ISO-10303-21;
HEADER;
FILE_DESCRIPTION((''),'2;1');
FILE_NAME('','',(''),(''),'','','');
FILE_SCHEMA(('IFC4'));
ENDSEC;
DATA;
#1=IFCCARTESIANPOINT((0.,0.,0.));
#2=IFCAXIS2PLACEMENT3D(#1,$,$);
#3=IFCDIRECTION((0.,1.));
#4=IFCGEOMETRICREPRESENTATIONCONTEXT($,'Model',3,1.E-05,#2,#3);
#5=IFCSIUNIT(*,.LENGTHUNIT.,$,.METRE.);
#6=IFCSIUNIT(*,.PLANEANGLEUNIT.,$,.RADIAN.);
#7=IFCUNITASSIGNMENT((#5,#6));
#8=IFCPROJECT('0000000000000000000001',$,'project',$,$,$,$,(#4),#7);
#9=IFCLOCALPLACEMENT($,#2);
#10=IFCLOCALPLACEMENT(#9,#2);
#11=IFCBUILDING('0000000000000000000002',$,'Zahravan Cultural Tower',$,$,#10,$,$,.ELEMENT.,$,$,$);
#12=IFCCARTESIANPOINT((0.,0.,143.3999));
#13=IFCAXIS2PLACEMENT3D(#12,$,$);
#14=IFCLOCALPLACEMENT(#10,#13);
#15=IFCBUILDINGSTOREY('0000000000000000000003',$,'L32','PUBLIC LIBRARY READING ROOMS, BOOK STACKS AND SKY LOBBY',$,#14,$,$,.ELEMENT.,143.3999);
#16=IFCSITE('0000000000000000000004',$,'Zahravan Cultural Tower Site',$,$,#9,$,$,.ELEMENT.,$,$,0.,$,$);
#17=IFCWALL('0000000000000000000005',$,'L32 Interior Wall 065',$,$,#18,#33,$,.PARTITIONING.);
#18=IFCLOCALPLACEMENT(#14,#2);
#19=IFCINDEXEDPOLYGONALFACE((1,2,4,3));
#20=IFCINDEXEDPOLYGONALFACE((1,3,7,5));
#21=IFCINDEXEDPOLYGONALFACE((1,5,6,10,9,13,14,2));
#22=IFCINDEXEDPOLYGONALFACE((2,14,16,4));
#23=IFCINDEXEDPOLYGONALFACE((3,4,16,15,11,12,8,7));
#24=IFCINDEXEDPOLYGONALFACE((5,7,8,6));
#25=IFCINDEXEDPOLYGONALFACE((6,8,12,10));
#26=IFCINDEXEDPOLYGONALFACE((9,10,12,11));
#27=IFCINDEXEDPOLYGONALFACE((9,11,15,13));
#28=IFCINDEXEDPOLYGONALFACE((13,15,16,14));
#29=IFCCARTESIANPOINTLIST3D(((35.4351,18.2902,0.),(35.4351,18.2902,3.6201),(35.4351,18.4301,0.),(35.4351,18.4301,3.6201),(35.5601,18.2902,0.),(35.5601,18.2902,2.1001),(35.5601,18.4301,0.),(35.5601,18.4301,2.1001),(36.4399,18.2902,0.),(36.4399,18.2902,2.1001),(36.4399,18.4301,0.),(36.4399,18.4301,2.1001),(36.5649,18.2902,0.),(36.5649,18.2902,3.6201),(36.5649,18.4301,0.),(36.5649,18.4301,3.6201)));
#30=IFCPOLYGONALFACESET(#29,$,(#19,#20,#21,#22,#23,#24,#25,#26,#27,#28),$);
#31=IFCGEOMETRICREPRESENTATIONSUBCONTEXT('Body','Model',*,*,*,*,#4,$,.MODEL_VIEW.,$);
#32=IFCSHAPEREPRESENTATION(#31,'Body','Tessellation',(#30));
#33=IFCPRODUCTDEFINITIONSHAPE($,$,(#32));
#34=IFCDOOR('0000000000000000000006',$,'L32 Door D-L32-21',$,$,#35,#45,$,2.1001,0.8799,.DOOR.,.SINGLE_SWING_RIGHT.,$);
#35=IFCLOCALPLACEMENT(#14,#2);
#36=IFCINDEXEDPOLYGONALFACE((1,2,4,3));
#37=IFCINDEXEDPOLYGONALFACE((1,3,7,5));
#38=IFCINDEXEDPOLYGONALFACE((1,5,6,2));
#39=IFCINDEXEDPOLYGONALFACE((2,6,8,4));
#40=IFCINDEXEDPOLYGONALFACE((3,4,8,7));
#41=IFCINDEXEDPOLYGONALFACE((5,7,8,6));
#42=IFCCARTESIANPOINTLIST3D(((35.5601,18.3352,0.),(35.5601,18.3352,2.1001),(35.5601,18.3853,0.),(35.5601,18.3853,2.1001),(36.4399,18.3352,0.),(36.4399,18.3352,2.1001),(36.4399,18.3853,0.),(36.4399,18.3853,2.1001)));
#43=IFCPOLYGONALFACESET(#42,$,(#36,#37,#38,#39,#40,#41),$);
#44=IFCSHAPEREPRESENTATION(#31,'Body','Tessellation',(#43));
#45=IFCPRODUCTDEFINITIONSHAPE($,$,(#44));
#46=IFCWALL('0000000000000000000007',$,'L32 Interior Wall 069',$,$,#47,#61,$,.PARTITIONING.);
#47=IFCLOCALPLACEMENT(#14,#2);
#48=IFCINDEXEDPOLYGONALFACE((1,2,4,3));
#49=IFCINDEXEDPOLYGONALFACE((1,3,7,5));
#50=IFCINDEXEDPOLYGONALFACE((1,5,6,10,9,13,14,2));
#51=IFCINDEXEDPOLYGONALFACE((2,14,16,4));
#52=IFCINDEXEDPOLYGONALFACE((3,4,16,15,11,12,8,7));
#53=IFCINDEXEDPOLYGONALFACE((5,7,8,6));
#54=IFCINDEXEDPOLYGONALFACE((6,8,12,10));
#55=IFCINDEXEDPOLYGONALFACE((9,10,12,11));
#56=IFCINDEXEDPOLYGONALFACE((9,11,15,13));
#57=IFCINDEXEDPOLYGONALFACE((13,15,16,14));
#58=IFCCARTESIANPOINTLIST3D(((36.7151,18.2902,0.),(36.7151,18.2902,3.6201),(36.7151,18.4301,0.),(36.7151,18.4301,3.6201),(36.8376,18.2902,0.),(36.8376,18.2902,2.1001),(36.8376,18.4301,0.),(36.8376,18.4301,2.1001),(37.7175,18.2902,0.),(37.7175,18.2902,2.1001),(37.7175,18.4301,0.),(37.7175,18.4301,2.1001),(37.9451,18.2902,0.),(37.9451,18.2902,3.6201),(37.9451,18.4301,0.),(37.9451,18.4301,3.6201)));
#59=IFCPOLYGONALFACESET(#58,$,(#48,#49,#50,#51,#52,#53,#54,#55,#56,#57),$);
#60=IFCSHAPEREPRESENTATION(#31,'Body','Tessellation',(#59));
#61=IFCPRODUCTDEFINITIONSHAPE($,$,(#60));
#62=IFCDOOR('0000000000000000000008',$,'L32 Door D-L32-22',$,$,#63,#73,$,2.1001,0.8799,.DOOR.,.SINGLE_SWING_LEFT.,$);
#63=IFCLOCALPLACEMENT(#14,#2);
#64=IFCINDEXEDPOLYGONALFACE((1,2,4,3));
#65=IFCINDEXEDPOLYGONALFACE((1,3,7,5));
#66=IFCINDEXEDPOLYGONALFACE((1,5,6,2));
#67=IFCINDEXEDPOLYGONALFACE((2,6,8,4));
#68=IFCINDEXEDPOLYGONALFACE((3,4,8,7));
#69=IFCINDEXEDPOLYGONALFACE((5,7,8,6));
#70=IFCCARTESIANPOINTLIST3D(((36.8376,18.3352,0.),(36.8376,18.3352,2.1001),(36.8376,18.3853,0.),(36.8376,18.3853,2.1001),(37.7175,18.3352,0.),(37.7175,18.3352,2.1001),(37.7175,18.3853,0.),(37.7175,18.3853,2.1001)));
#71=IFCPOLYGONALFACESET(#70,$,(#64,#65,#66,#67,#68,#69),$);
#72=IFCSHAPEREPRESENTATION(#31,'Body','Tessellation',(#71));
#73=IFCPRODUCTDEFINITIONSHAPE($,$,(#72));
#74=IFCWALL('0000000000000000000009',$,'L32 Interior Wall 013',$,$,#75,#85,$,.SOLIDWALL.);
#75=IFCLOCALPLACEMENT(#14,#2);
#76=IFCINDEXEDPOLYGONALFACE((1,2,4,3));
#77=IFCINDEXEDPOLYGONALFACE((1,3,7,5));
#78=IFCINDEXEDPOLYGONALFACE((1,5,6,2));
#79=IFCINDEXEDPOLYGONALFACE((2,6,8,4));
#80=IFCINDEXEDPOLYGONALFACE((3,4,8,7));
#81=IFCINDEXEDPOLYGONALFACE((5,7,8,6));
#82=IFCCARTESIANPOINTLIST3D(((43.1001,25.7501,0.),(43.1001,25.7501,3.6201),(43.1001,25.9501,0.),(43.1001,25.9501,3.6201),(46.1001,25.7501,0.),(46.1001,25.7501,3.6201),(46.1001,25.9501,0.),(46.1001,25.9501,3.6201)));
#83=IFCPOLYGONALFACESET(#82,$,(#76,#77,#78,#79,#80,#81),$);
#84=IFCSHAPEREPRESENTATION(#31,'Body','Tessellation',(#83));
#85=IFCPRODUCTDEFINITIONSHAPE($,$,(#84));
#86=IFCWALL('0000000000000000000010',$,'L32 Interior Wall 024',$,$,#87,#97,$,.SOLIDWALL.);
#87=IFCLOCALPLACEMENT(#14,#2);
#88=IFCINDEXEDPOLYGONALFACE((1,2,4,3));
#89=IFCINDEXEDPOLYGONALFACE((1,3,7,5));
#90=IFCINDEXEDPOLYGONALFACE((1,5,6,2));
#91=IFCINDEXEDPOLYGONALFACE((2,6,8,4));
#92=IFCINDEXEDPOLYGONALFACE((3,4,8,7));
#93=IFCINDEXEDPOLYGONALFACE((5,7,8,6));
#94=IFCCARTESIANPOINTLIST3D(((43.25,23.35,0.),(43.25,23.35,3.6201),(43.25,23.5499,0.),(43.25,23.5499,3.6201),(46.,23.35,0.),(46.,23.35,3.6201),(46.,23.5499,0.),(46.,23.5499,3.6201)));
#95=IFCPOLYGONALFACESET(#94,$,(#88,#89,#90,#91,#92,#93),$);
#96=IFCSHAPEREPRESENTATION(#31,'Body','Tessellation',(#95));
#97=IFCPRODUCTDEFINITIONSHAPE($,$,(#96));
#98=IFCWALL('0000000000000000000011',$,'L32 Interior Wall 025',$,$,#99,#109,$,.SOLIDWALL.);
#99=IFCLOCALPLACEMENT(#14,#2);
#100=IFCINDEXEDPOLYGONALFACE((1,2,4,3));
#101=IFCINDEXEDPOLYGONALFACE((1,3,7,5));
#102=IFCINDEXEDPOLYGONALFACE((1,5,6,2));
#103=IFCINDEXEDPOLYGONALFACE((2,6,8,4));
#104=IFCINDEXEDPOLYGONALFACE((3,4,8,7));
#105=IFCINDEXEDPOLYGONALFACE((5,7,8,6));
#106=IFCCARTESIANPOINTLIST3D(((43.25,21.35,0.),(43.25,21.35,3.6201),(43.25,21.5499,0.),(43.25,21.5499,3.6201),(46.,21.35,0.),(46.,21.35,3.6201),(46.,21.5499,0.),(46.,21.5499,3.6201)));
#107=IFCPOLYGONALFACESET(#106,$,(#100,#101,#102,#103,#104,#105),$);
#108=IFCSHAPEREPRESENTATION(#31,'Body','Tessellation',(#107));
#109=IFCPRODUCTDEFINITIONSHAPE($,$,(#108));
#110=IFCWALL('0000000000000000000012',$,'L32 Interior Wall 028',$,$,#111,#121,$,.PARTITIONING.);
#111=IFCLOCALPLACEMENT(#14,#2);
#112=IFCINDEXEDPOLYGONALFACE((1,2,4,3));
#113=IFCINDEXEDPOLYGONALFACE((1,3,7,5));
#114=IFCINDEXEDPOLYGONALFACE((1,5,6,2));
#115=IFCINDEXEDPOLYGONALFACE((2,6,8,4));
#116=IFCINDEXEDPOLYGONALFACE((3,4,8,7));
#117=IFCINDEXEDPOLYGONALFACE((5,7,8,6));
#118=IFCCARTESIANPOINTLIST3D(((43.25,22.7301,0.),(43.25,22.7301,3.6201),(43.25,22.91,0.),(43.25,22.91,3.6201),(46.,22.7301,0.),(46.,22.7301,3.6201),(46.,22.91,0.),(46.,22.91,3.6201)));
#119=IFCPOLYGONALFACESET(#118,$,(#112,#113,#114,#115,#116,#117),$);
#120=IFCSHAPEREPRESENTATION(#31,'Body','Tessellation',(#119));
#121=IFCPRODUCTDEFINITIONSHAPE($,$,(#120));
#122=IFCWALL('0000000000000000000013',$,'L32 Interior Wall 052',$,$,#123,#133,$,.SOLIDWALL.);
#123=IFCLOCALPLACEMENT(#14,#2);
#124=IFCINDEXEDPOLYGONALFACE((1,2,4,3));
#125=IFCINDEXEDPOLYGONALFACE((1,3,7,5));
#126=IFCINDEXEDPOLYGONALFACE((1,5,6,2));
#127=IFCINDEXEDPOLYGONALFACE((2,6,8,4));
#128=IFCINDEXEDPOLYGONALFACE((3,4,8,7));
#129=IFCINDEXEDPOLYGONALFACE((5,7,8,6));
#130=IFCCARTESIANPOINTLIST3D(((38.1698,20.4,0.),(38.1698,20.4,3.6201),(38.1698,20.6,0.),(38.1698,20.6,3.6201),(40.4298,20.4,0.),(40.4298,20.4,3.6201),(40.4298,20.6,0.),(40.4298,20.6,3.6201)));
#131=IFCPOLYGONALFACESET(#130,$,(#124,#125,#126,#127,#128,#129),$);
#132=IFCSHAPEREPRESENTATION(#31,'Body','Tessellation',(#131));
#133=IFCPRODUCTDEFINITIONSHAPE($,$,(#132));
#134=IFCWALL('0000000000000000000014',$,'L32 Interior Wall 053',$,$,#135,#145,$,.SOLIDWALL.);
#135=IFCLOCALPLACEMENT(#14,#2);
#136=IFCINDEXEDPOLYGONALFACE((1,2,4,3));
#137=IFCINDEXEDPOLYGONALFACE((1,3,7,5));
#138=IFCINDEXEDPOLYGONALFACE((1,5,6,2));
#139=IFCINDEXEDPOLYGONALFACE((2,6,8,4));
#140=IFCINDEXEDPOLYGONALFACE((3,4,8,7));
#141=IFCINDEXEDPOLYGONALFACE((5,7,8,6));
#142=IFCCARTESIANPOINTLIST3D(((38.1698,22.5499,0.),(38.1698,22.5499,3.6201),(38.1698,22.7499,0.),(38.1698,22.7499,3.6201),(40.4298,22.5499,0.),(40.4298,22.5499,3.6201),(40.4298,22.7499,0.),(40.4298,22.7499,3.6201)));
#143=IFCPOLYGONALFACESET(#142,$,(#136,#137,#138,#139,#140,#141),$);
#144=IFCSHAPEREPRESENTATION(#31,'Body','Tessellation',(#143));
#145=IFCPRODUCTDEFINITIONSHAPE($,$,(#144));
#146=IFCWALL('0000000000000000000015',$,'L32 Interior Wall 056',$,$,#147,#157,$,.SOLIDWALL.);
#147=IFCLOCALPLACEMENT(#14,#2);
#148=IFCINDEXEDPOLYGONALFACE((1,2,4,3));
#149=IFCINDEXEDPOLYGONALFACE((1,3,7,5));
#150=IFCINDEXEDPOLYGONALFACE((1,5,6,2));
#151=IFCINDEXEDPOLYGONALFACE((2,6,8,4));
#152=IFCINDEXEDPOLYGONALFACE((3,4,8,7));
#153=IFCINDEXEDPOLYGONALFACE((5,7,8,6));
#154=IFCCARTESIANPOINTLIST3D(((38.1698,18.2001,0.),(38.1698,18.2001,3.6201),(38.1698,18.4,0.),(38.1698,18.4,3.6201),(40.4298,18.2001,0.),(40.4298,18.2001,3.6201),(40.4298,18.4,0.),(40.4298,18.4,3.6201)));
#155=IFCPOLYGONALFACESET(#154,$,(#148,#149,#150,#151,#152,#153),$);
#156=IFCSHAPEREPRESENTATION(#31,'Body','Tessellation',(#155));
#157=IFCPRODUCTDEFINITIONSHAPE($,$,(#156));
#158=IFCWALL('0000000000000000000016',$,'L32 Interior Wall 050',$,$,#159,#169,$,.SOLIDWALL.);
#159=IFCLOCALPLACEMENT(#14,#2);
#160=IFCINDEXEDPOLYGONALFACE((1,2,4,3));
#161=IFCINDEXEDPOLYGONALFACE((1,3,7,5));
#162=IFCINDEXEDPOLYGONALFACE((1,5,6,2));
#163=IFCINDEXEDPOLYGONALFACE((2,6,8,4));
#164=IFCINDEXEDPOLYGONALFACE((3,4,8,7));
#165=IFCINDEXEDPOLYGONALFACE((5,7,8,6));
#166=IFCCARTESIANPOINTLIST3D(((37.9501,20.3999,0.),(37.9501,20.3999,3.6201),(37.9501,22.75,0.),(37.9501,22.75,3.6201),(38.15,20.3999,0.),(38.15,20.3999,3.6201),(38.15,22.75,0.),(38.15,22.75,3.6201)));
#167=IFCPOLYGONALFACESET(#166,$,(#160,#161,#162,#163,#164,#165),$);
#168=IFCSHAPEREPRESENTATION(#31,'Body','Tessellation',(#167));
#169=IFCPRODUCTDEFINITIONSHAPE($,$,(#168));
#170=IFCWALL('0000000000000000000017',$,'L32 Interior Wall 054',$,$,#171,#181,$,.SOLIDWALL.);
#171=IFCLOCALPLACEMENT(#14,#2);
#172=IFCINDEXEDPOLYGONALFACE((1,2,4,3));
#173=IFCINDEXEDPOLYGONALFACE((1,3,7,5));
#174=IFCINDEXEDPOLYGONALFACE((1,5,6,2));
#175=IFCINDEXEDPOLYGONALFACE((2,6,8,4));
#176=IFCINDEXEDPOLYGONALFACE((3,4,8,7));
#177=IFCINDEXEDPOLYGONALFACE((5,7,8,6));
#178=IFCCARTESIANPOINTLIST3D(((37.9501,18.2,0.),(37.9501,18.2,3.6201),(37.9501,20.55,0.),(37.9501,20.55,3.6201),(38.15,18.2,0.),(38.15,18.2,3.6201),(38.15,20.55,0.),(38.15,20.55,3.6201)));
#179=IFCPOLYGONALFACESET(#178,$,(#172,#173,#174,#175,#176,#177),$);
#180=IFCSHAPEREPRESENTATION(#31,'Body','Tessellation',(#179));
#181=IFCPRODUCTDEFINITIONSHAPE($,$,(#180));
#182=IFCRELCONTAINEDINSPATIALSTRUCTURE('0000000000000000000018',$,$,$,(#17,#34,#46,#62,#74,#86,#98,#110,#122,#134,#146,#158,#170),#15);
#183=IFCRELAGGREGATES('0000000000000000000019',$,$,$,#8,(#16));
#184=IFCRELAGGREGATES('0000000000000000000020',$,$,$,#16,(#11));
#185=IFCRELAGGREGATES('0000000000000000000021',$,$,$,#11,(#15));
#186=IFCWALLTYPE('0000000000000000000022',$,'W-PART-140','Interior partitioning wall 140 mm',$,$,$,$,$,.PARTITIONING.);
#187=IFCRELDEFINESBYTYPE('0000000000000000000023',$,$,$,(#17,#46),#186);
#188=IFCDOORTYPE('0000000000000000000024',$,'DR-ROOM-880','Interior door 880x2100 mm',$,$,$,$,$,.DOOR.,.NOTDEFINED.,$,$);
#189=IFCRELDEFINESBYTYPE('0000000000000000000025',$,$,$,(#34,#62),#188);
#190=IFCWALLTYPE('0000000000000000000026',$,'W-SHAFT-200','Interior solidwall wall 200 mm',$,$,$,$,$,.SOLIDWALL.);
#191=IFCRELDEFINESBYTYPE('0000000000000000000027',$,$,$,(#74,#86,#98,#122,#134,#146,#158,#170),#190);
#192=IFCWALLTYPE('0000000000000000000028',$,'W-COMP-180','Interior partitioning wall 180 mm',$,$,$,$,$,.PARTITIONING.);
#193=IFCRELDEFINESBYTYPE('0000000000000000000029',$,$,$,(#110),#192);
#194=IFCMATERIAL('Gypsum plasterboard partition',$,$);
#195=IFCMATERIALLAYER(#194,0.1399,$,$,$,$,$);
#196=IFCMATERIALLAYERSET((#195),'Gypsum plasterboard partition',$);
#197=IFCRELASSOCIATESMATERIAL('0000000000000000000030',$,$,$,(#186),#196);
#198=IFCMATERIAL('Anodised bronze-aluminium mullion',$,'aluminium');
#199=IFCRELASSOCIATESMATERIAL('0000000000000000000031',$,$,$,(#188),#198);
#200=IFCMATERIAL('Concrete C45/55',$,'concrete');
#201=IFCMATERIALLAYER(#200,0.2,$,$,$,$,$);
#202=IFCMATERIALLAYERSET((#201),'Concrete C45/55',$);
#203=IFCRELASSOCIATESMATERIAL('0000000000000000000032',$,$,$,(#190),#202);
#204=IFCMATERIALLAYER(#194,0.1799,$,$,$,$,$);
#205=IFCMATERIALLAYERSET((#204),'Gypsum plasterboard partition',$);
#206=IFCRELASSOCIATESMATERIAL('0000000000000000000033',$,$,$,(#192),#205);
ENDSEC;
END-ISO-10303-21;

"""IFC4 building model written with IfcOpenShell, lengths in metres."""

from ifc_helpers import new_model, si_unit, direction, frame, frame_2d, origin, place, context, subcontext, project, spatial, rectangle, extrude, source, transform, mapped, material, layer, layer_set, type_object, element, fill, save


model = new_model("IFC4")

# Units and contexts
model_context = context("Model", 3, precision=1e-05, world=origin(), true_north=direction((0.0, 1.0)))
body_context = subcontext(model_context, "Body", "Model", "MODEL_VIEW")
ifc_project = project(units=[si_unit("LENGTHUNIT", "METRE"), si_unit("PLANEANGLEUNIT", "RADIAN")], contexts=[model_context])

# Site, building, storey
site_placement = place(None, origin())
site = spatial("IfcSite", under=ifc_project, at=site_placement, Name="Zahravan Cultural Tower Site", CompositionType="ELEMENT", RefElevation=0.0)
building_placement = place(site_placement, origin())
building = spatial("IfcBuilding", under=site, at=building_placement, Name="Zahravan Cultural Tower", CompositionType="ELEMENT")
storey_placement = place(building_placement, frame((0.0, 0.0, 143.3999)))
storey = spatial("IfcBuildingStorey", under=building, at=storey_placement, Name="L32", Description="PUBLIC LIBRARY READING ROOMS, BOOK STACKS AND SKY LOBBY", CompositionType="ELEMENT", Elevation=143.3999)

# Walls, openings, doors
ifc_material_1 = material(Name="Gypsum plasterboard partition")
ifc_layer_1 = layer(ifc_material_1, 0.1399)
ifc_layer_set_1 = layer_set([ifc_layer_1], Name="Gypsum plasterboard partition")
wall_type_1 = type_object("IfcWallType", Name="W-PART-140", Description="Interior partitioning wall 140 mm", PredefinedType="PARTITIONING", material=ifc_layer_set_1)
wall_1_placement = place(storey_placement, frame((36.5649, 18.3601, 0.0), z_axis=(0.0, 0.0, 1.0), x_axis=(-1.0, 0.0, 0.0)))
wall_1 = element("IfcWall", 1, at=wall_1_placement, inside=storey, type_object=wall_type_1, Name="L32 Interior Wall 065", PredefinedType="PARTITIONING", context=body_context, shape_type="SweptSolid", body=[
    extrude(rectangle(XDim=1.1299, YDim=0.1399, at=frame_2d((0.5649, 0.0))), origin(), (0.0, 0.0, 1.0), 3.6201),
])
opening_1_placement = place(wall_1_placement, frame((0.125, 0.0, 0.0)))
opening_1 = element("IfcOpeningElement", 2, at=opening_1_placement, cuts=wall_1, PredefinedType="OPENING", context=body_context, shape_type="SweptSolid", body=[
    extrude(rectangle(XDim=0.8799, YDim=2.1001, at=frame_2d((0.4399, 1.05))), frame((0.0, 0.0798, 0.0), z_axis=(0.0, -1.0, 0.0), x_axis=(1.0, 0.0, 0.0)), (0.0, 0.0, 1.0), 0.1599),
])
ifc_material_2 = material(Name="Anodised bronze-aluminium mullion", Category="aluminium")
door_type_1 = type_object("IfcDoorType", Name="DR-ROOM-880", Description="Interior door 880x2100 mm", OperationType="NOTDEFINED", PredefinedType="DOOR", material=ifc_material_2)
shared_shape_1 = source(origin(), body_context, "Body", "SweptSolid", [
    extrude(rectangle(XDim=0.8799, YDim=2.1001, at=frame_2d((0.4399, 1.05))), frame((0.0, 0.0249, 0.0), z_axis=(0.0, -1.0, 0.0), x_axis=(1.0, 0.0, 0.0)), (0.0, 0.0, 1.0), 0.05),
])
door_1_placement = place(opening_1_placement, origin())
door_1 = element("IfcDoor", 3, at=door_1_placement, inside=storey, type_object=door_type_1, Name="L32 Door D-L32-21", OperationType="SINGLE_SWING_RIGHT", OverallHeight=2.1001, OverallWidth=0.8799, PredefinedType="DOOR", context=body_context, shape_type="MappedRepresentation", body=[
    mapped(shared_shape_1, transform((0.0, 0.0, 0.0), x_axis=(1.0, 0.0, 0.0), y_axis=(0.0, 1.0, 0.0), z_axis=(0.0, 0.0, 1.0), scale=1.0)),
])
fill(opening_1, door_1)
wall_2_placement = place(storey_placement, frame((37.9451, 18.3601, 0.0), z_axis=(0.0, 0.0, 1.0), x_axis=(-1.0, 0.0, 0.0)))
wall_2 = element("IfcWall", 4, at=wall_2_placement, inside=storey, type_object=wall_type_1, Name="L32 Interior Wall 069", PredefinedType="PARTITIONING", context=body_context, shape_type="SweptSolid", body=[
    extrude(rectangle(XDim=1.23, YDim=0.1399, at=frame_2d((0.615, 0.0))), origin(), (0.0, 0.0, 1.0), 3.6201),
])
opening_2_placement = place(wall_2_placement, frame((0.2275, 0.0, 0.0)))
opening_2 = element("IfcOpeningElement", 5, at=opening_2_placement, cuts=wall_2, PredefinedType="OPENING", context=body_context, shape_type="SweptSolid", body=[
    extrude(rectangle(XDim=0.8799, YDim=2.1001, at=frame_2d((0.4399, 1.05))), frame((0.0, 0.0798, 0.0), z_axis=(0.0, -1.0, 0.0), x_axis=(1.0, 0.0, 0.0)), (0.0, 0.0, 1.0), 0.1599),
])
door_2_placement = place(opening_2_placement, origin())
door_2 = element("IfcDoor", 6, at=door_2_placement, inside=storey, type_object=door_type_1, Name="L32 Door D-L32-22", OperationType="SINGLE_SWING_LEFT", OverallHeight=2.1001, OverallWidth=0.8799, PredefinedType="DOOR", context=body_context, shape_type="MappedRepresentation", body=[
    mapped(shared_shape_1, transform((0.0, 0.0, 0.0), x_axis=(1.0, 0.0, 0.0), y_axis=(0.0, 1.0, 0.0), z_axis=(0.0, 0.0, 1.0), scale=1.0)),
])
fill(opening_2, door_2)
ifc_material_3 = material(Name="Concrete C45/55", Category="concrete")
ifc_layer_2 = layer(ifc_material_3, 0.2)
ifc_layer_set_2 = layer_set([ifc_layer_2], Name="Concrete C45/55")
wall_type_2 = type_object("IfcWallType", Name="W-SHAFT-200", Description="Interior solidwall wall 200 mm", PredefinedType="SOLIDWALL", material=ifc_layer_set_2)

# Walls
shared_shape_2 = source(origin(), body_context, "Body", "SweptSolid", [
    extrude(rectangle(XDim=3.0, YDim=0.2, at=frame_2d((1.5, 0.0))), origin(), (0.0, 0.0, 1.0), 3.6201),
])
wall_3_placement = place(storey_placement, frame((43.1001, 25.8501, 0.0), z_axis=(0.0, 0.0, 1.0), x_axis=(1.0, 0.0, 0.0)))
element("IfcWall", 7, at=wall_3_placement, inside=storey, type_object=wall_type_2, Name="L32 Interior Wall 013", PredefinedType="SOLIDWALL", context=body_context, shape_type="MappedRepresentation", body=[
    mapped(shared_shape_2, transform((0.0, 0.0, 0.0), x_axis=(1.0, 0.0, 0.0), y_axis=(0.0, 1.0, 0.0), z_axis=(0.0, 0.0, 1.0), scale=1.0)),
])
shared_shape_3 = source(origin(), body_context, "Body", "SweptSolid", [
    extrude(rectangle(XDim=2.75, YDim=0.2, at=frame_2d((1.375, 0.0))), origin(), (0.0, 0.0, 1.0), 3.6201),
])
for number, where, z_axis, x_axis, name in (
    (8, (43.25, 23.45, 0.0), (0.0, 0.0, 1.0), (1.0, 0.0, 0.0), "L32 Interior Wall 024"),
    (9, (43.25, 21.45, 0.0), (0.0, 0.0, 1.0), (1.0, 0.0, 0.0), "L32 Interior Wall 025"),
):
    element("IfcWall", number, at=place(storey_placement, frame(where, z_axis=z_axis, x_axis=x_axis)), inside=storey, type_object=wall_type_2, Name=name, PredefinedType="SOLIDWALL", context=body_context, shape_type="MappedRepresentation", body=[
        mapped(shared_shape_3, transform((0.0, 0.0, 0.0), x_axis=(1.0, 0.0, 0.0), y_axis=(0.0, 1.0, 0.0), z_axis=(0.0, 0.0, 1.0), scale=1.0)),
    ])
ifc_layer_3 = layer(ifc_material_1, 0.1799)
ifc_layer_set_3 = layer_set([ifc_layer_3], Name="Gypsum plasterboard partition")
wall_type_3 = type_object("IfcWallType", Name="W-COMP-180", Description="Interior partitioning wall 180 mm", PredefinedType="PARTITIONING", material=ifc_layer_set_3)
shared_shape_4 = source(origin(), body_context, "Body", "SweptSolid", [
    extrude(rectangle(XDim=2.75, YDim=0.1799, at=frame_2d((1.375, 0.0))), origin(), (0.0, 0.0, 1.0), 3.6201),
])
wall_4_placement = place(storey_placement, frame((43.25, 22.8201, 0.0), z_axis=(0.0, 0.0, 1.0), x_axis=(1.0, 0.0, 0.0)))
element("IfcWall", 10, at=wall_4_placement, inside=storey, type_object=wall_type_3, Name="L32 Interior Wall 028", PredefinedType="PARTITIONING", context=body_context, shape_type="MappedRepresentation", body=[
    mapped(shared_shape_4, transform((0.0, 0.0, 0.0), x_axis=(1.0, 0.0, 0.0), y_axis=(0.0, 1.0, 0.0), z_axis=(0.0, 0.0, 1.0), scale=1.0)),
])
shared_shape_5 = source(origin(), body_context, "Body", "SweptSolid", [
    extrude(rectangle(XDim=2.26, YDim=0.2, at=frame_2d((1.1299, 0.0))), origin(), (0.0, 0.0, 1.0), 3.6201),
])
for number, where, z_axis, x_axis, name in (
    (11, (38.1699, 20.5, 0.0), (0.0, 0.0, 1.0), (1.0, 0.0, 0.0), "L32 Interior Wall 052"),
    (12, (38.1699, 22.6499, 0.0), (0.0, 0.0, 1.0), (1.0, 0.0, 0.0), "L32 Interior Wall 053"),
    (13, (38.1699, 18.3, 0.0), (0.0, 0.0, 1.0), (1.0, 0.0, 0.0), "L32 Interior Wall 056"),
):
    element("IfcWall", number, at=place(storey_placement, frame(where, z_axis=z_axis, x_axis=x_axis)), inside=storey, type_object=wall_type_2, Name=name, PredefinedType="SOLIDWALL", context=body_context, shape_type="MappedRepresentation", body=[
        mapped(shared_shape_5, transform((0.0, 0.0, 0.0), x_axis=(1.0, 0.0, 0.0), y_axis=(0.0, 1.0, 0.0), z_axis=(0.0, 0.0, 1.0), scale=1.0)),
    ])
shared_shape_6 = source(origin(), body_context, "Body", "SweptSolid", [
    extrude(rectangle(XDim=2.3501, YDim=0.2, at=frame_2d((1.175, 0.0))), origin(), (0.0, 0.0, 1.0), 3.6201),
])
for number, where, z_axis, x_axis, name in (
    (14, (38.05, 20.3999, 0.0), (0.0, 0.0, 1.0), (0.0, 1.0, 0.0), "L32 Interior Wall 050"),
    (15, (38.05, 18.2, 0.0), (0.0, 0.0, 1.0), (0.0, 1.0, 0.0), "L32 Interior Wall 054"),
):
    element("IfcWall", number, at=place(storey_placement, frame(where, z_axis=z_axis, x_axis=x_axis)), inside=storey, type_object=wall_type_2, Name=name, PredefinedType="SOLIDWALL", context=body_context, shape_type="MappedRepresentation", body=[
        mapped(shared_shape_6, transform((0.0, 0.0, 0.0), x_axis=(1.0, 0.0, 0.0), y_axis=(0.0, 1.0, 0.0), z_axis=(0.0, 0.0, 1.0), scale=1.0)),
    ])

save(model, "model.ifc")
